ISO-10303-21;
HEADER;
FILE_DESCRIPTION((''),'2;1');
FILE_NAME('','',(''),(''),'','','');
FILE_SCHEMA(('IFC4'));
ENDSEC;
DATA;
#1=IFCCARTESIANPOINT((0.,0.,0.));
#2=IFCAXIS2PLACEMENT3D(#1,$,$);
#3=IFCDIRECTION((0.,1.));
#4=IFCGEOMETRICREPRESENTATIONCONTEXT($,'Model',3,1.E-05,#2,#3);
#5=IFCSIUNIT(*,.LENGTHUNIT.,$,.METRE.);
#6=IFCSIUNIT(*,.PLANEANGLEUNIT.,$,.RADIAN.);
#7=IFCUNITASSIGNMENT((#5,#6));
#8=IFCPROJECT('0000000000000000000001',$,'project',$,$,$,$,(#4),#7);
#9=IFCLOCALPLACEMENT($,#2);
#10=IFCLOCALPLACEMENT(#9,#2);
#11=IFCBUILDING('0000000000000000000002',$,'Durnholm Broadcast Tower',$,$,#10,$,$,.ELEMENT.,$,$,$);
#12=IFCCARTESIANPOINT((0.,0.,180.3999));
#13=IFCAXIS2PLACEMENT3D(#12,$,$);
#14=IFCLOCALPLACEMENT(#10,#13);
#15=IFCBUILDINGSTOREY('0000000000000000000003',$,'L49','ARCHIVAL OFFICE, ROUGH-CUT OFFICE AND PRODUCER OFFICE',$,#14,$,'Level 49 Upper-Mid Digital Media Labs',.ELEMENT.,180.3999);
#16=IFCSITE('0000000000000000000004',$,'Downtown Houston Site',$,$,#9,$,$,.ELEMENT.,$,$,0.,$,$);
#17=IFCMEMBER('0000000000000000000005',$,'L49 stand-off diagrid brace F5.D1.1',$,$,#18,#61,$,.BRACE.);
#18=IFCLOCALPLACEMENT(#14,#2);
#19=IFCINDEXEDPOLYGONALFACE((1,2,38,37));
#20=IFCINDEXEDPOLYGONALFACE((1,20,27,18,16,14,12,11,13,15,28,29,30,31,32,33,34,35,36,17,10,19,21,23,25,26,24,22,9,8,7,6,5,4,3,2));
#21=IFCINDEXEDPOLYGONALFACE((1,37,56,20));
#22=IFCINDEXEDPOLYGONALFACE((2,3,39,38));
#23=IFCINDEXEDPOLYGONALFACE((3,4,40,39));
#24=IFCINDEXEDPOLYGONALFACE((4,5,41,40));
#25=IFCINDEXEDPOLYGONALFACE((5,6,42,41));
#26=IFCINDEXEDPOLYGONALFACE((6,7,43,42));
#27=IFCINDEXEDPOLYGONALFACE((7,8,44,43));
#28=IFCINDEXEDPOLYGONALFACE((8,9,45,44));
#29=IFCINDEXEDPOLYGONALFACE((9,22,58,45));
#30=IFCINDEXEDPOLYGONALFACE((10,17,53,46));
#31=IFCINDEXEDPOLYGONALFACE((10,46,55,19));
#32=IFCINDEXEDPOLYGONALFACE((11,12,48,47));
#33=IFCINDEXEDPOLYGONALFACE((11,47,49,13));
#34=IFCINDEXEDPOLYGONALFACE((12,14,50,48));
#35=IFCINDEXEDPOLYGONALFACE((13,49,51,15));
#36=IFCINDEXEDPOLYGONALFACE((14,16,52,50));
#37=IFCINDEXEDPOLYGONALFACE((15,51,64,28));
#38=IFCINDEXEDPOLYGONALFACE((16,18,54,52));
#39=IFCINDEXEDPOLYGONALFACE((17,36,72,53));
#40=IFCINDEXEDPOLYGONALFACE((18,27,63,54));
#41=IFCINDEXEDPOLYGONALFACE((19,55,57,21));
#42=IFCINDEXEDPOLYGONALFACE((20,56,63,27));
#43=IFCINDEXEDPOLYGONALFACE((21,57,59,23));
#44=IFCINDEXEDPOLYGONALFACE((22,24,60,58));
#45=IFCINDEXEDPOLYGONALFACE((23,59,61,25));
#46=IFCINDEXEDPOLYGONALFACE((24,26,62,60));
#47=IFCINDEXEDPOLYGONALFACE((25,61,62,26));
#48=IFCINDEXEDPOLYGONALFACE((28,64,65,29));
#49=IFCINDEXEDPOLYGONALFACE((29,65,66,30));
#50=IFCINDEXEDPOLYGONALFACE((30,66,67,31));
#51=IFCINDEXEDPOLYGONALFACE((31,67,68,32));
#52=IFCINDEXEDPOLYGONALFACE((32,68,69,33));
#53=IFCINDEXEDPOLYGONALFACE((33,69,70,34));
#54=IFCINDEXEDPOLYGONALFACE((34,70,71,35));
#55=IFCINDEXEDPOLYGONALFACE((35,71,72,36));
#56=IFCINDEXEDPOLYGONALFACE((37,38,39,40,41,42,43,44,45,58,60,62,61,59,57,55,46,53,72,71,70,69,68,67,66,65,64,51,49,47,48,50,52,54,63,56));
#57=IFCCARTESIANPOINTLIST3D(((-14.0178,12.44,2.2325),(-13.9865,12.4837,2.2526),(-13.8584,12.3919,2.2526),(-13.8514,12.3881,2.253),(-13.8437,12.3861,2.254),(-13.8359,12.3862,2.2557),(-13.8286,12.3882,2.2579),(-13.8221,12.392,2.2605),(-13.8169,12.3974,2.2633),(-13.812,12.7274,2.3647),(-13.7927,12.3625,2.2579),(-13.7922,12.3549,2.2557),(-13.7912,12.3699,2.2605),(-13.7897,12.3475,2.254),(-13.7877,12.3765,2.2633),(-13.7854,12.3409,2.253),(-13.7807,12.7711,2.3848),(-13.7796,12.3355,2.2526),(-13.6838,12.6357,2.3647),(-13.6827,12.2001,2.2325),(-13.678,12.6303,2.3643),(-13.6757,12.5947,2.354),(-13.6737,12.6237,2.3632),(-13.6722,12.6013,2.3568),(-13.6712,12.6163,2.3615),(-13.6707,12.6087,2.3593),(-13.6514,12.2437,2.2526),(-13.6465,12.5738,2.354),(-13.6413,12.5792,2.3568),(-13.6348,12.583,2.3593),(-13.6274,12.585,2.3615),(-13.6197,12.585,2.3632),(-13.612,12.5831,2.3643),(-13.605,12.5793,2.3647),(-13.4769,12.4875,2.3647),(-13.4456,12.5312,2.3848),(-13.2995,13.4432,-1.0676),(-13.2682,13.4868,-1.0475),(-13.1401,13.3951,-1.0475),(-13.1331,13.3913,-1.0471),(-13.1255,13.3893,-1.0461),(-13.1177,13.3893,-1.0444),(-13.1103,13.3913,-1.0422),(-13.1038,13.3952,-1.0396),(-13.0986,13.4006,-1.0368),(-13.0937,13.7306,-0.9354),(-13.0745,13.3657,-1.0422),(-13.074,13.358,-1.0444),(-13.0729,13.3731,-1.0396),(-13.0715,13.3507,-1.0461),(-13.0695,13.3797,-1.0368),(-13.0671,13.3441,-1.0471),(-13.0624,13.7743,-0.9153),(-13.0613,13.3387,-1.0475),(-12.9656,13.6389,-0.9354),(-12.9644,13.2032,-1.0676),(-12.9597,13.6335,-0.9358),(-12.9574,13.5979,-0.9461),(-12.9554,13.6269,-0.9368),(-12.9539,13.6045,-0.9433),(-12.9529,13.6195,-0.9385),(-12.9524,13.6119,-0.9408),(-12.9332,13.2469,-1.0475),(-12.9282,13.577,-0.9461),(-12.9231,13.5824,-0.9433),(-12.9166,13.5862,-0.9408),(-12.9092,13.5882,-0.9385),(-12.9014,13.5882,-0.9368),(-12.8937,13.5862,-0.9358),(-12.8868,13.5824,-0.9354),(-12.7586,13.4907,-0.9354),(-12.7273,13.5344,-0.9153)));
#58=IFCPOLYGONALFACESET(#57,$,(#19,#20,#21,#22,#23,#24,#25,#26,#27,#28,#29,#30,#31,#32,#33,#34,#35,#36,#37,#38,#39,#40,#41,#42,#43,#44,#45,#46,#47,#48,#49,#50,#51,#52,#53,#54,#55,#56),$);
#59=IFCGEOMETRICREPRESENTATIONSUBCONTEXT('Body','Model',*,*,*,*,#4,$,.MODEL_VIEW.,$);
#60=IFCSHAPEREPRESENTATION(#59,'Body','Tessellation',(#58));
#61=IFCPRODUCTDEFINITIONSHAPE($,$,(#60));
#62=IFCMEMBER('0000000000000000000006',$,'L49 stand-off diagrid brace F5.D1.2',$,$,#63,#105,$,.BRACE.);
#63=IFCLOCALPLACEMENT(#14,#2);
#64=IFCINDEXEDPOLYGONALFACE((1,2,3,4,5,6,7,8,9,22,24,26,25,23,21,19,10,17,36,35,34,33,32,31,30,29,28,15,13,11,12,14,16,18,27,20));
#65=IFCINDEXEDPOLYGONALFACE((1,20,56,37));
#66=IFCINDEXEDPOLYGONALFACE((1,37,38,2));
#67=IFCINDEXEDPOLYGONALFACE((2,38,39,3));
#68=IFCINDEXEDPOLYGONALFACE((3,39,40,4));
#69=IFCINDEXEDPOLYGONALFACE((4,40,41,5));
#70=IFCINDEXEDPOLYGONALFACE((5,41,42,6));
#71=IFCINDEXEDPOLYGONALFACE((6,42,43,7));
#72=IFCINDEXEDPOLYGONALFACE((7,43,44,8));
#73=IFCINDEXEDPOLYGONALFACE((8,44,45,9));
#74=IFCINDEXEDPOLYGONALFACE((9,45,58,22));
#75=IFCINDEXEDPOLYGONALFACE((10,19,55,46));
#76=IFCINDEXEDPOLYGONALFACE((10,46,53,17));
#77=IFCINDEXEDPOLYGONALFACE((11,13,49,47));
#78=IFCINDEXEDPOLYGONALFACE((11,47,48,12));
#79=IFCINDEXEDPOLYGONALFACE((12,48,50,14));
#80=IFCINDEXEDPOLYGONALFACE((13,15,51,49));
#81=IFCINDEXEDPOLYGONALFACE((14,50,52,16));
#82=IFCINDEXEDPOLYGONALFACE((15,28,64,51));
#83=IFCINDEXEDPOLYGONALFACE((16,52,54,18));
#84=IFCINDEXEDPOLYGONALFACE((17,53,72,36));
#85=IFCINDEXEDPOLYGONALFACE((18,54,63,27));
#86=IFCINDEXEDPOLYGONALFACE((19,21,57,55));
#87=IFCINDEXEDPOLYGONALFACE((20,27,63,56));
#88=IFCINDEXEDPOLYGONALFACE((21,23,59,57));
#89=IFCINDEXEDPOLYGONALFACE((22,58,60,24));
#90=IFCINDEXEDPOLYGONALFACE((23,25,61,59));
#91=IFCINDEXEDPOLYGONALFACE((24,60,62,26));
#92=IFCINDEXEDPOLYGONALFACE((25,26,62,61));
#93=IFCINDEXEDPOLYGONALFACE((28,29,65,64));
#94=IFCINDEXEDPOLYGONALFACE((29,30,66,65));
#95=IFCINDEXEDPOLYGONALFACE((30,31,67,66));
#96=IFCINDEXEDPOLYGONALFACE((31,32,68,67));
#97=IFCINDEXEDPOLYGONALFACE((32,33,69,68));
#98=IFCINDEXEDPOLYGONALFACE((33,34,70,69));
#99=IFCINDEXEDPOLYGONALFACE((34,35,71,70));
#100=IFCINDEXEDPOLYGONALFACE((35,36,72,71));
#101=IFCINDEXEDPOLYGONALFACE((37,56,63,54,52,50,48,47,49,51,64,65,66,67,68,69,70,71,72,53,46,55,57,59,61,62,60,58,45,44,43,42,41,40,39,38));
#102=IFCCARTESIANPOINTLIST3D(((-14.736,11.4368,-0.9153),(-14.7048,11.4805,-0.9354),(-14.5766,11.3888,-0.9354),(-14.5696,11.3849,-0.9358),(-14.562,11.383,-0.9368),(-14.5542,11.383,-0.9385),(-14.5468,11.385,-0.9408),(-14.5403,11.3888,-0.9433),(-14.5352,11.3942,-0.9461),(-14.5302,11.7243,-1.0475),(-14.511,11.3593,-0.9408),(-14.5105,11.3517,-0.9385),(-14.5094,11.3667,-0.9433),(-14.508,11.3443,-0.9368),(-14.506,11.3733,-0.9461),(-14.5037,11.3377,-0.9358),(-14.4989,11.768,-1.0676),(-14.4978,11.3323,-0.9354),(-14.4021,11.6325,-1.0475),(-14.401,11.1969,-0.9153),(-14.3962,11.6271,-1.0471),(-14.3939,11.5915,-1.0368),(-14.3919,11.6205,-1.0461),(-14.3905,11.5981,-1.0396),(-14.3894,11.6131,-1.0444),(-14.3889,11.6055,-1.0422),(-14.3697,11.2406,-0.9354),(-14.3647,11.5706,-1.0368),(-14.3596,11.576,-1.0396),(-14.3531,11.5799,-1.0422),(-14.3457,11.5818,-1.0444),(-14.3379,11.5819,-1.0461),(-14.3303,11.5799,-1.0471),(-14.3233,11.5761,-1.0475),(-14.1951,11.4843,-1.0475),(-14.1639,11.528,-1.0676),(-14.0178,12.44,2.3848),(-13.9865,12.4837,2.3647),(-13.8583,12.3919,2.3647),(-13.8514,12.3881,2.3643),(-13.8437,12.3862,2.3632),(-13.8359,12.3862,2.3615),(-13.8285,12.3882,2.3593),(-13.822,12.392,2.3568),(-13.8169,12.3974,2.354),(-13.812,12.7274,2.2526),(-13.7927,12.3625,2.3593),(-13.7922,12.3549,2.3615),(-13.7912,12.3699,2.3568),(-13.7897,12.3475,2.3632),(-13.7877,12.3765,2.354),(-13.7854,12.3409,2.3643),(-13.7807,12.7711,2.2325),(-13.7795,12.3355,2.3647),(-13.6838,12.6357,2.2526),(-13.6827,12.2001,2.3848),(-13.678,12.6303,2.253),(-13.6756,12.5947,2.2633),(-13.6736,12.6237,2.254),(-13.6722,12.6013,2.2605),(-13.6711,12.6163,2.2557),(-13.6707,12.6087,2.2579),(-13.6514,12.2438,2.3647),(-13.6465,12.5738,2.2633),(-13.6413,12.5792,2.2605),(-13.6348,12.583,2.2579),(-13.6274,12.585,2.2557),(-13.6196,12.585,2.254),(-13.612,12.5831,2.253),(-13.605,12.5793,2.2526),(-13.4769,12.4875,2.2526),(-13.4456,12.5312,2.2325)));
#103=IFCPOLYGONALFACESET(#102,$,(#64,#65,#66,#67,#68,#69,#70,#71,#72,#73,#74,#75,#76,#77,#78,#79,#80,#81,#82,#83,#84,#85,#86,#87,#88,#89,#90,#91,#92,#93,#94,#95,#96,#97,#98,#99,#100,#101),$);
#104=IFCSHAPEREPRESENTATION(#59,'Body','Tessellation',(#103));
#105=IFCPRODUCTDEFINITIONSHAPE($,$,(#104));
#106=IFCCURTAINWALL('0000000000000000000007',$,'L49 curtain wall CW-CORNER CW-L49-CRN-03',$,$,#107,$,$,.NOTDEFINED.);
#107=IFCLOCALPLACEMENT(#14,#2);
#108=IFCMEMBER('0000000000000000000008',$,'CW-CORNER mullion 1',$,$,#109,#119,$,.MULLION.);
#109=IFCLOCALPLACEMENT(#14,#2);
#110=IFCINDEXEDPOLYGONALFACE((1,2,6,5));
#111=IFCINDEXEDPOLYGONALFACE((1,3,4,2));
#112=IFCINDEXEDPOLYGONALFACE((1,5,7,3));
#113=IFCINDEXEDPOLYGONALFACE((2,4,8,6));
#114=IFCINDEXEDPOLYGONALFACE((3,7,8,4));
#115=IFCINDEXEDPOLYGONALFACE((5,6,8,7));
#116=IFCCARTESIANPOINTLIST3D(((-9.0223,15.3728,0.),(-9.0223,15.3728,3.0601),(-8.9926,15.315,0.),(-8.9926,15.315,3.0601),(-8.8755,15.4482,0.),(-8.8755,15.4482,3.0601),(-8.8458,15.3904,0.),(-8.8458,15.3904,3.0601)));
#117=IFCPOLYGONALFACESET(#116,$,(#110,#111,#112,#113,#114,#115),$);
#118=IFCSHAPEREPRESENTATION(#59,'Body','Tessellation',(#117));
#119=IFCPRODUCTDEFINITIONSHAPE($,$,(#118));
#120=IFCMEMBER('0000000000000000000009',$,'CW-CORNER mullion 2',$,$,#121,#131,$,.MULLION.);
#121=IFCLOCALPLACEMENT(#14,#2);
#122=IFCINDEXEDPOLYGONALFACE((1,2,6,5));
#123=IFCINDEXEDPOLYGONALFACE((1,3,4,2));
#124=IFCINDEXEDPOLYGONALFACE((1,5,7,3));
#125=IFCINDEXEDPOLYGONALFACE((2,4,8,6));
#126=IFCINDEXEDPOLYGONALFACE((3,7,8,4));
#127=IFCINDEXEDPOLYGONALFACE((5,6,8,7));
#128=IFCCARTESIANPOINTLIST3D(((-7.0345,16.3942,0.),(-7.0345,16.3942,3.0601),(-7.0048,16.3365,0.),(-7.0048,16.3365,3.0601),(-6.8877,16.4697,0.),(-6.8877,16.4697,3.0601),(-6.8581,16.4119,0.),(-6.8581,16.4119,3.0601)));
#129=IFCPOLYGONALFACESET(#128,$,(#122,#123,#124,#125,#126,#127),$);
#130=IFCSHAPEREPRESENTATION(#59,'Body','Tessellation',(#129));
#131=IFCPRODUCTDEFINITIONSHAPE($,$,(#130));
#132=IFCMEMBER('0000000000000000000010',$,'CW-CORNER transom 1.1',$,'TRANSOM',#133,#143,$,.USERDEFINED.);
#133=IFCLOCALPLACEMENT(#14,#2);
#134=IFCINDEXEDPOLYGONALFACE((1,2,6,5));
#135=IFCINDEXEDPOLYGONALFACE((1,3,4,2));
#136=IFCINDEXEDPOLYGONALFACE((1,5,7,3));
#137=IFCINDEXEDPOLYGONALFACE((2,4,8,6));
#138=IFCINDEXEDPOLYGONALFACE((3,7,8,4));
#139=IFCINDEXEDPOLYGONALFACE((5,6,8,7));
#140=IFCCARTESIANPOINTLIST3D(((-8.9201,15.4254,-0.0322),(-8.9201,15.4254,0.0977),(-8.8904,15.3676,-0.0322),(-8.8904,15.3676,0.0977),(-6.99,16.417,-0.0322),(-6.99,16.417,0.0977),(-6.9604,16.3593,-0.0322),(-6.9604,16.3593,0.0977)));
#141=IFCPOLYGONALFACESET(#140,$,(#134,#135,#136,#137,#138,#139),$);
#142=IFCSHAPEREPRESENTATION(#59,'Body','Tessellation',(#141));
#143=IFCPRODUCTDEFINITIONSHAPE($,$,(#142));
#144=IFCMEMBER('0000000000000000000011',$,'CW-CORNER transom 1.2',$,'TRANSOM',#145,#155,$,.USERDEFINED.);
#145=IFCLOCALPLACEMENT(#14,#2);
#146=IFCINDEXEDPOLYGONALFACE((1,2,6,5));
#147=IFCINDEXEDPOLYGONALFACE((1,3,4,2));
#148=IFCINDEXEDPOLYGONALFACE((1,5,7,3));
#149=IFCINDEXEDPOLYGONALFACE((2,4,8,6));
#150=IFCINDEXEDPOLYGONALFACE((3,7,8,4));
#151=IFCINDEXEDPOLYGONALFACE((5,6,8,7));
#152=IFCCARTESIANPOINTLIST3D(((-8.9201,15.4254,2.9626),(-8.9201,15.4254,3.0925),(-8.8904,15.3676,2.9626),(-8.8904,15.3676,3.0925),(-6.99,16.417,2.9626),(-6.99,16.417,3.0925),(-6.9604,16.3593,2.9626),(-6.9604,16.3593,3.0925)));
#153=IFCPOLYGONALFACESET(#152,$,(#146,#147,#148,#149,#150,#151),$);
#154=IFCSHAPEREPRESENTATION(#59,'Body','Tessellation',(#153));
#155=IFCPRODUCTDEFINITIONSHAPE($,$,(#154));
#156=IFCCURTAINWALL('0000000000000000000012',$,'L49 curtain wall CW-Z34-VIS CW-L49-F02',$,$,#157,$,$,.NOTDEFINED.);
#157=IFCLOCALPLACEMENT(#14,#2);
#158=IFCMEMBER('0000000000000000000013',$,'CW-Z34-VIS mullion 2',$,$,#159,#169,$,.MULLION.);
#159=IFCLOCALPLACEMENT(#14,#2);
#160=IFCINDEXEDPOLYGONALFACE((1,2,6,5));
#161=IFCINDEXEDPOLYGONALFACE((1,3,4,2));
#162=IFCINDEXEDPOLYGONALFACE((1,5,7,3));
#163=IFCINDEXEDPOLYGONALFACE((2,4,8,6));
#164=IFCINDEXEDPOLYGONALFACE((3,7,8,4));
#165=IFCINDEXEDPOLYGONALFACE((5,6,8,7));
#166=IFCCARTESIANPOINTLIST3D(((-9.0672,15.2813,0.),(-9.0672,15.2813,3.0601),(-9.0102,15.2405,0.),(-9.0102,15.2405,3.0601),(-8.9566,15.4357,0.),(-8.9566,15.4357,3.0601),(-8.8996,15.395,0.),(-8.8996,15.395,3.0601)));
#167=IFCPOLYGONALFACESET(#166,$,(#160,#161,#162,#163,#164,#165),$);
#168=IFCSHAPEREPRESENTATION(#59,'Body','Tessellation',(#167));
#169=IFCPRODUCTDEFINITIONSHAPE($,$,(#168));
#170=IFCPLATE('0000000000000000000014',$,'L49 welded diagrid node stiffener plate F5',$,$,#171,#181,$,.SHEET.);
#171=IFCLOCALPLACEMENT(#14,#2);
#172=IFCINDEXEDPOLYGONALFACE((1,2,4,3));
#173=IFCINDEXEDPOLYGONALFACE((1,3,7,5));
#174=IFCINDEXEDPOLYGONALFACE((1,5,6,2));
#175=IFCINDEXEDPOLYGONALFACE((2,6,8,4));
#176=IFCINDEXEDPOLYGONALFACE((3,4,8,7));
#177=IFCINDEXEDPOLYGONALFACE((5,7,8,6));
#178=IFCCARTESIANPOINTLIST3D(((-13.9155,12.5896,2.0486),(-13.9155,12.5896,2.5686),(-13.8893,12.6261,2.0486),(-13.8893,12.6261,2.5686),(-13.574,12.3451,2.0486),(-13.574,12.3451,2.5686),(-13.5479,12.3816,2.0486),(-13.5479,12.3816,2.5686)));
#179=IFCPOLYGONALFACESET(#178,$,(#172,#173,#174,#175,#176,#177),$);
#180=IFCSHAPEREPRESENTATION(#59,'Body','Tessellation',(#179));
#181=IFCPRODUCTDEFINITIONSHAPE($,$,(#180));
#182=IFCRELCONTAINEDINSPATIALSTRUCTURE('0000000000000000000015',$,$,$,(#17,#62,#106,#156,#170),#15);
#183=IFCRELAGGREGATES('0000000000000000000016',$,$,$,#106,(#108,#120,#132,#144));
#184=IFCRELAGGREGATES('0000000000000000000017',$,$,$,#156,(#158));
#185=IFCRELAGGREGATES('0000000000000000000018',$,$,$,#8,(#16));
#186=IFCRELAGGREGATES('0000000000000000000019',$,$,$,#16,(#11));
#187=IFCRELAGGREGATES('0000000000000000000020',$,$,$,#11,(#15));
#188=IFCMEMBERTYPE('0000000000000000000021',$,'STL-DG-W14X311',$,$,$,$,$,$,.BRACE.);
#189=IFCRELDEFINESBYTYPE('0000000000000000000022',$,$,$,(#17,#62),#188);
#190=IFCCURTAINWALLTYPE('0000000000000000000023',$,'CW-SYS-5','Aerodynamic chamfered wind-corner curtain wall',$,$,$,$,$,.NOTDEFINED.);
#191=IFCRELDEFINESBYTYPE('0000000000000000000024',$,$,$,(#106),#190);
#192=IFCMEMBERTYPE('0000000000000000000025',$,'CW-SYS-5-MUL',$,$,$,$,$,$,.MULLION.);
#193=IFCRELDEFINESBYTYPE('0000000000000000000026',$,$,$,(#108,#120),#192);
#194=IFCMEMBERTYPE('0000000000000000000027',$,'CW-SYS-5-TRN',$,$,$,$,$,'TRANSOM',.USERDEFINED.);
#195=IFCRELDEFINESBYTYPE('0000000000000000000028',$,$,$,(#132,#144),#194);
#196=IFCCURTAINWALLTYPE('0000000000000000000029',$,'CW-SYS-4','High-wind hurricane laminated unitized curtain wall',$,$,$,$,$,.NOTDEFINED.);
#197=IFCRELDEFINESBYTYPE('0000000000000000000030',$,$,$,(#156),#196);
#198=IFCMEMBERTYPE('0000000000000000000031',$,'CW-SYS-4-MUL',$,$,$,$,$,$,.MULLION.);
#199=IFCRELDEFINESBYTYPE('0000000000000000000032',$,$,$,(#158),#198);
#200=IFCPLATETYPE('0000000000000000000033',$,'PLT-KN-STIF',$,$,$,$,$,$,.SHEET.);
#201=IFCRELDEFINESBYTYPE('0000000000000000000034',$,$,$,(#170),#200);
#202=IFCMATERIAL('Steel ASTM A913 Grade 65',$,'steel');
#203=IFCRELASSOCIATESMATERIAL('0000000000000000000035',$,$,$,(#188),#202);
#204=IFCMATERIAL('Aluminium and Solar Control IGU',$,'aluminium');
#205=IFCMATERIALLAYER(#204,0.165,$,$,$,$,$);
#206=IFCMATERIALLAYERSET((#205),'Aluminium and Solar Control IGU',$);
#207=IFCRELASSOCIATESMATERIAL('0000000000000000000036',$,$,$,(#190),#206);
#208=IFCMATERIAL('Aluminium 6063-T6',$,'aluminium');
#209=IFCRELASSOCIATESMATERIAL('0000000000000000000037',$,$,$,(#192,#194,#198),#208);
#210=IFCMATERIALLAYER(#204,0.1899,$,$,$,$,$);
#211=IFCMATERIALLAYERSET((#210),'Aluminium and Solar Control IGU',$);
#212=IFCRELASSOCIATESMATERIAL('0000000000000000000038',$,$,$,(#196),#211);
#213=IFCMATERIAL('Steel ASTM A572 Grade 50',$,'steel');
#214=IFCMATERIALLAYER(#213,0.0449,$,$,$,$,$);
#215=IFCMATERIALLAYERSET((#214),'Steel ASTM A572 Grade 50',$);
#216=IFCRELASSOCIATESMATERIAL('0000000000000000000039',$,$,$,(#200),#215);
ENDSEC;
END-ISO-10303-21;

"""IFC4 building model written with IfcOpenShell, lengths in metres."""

from ifc_helpers import new_model, si_unit, direction, frame, origin, origin_2d, place, context, subcontext, project, spatial, rectangle, i_section, extrude, source, transform, mapped, material, layer, layer_set, material_profile, profile_set, type_object, type_shapes, element, aggregate, save


model = new_model("IFC4")

# Units and contexts
model_context = context("Model", 3, precision=1e-05, world=origin(), true_north=direction((0.0, 1.0)))
body_context = subcontext(model_context, "Body", "Model", "MODEL_VIEW")
ifc_project = project(units=[si_unit("LENGTHUNIT", "METRE"), si_unit("PLANEANGLEUNIT", "RADIAN")], contexts=[model_context])

# Site, building, storey
site_placement = place(None, origin())
site = spatial("IfcSite", under=ifc_project, at=site_placement, Name="Downtown Houston Site", CompositionType="ELEMENT", RefElevation=0.0)
building_placement = place(site_placement, origin())
building = spatial("IfcBuilding", under=site, at=building_placement, Name="Durnholm Broadcast Tower", CompositionType="ELEMENT")
storey_placement = place(building_placement, frame((0.0, 0.0, 180.3999)))
storey = spatial("IfcBuildingStorey", under=building, at=storey_placement, Name="L49", Description="ARCHIVAL OFFICE, ROUGH-CUT OFFICE AND PRODUCER OFFICE", LongName="Level 49 Upper-Mid Digital Media Labs", CompositionType="ELEMENT", Elevation=180.3999)

# Members
ifc_material_1 = material(Name="Steel ASTM A913 Grade 65", Category="steel")
ifc_material_profile_1 = material_profile(ifc_material_1, i_section(OverallWidth=0.4121, OverallDepth=0.4348, WebThickness=0.0359, FlangeThickness=0.0574, FilletRadius=0.0305, at=origin_2d()), Name="W14X311")
ifc_profile_set_1 = profile_set([ifc_material_profile_1], Name="Steel ASTM A913 Grade 65")
member_type_1 = type_object("IfcMemberType", Name="STL-DG-W14X311", PredefinedType="BRACE", material=ifc_profile_set_1)
shared_shape_1 = source(origin(), body_context, "Body", "SweptSolid", [
    extrude(i_section(OverallWidth=0.4121, OverallDepth=0.4348, WebThickness=0.0359, FlangeThickness=0.0574, FilletRadius=0.0305, at=origin_2d()), origin(), (0.0, 0.0, 1.0), 3.5232),
])
type_shapes(member_type_1, [shared_shape_1])
for number, where, z_axis, x_axis, name in (
    (1, (-13.0134, 13.4888, -0.9915), (-0.203869, -0.284738, 0.936676), (0.813078, -0.582155, 0.0), "L49 stand-off diagrid brace F5.D1.1"),
    (2, (-14.45, 11.4824, -0.9915), (0.203869, 0.284738, 0.936676), (-0.813078, 0.582155, 0.0), "L49 stand-off diagrid brace F5.D1.2"),
):
    element("IfcMember", number, at=place(storey_placement, frame(where, z_axis=z_axis, x_axis=x_axis)), inside=storey, type_object=member_type_1, Name=name, PredefinedType="BRACE", context=body_context, shape_type="MappedRepresentation", body=[
        mapped(shared_shape_1, transform((0.0, 0.0, 0.0), x_axis=(1.0, 0.0, 0.0), y_axis=(0.0, 1.0, 0.0), z_axis=(0.0, 0.0, 1.0), scale=1.0)),
    ])

# Curtain wall, members
ifc_material_2 = material(Name="Aluminium and Solar Control IGU", Category="aluminium")
ifc_layer_1 = layer(ifc_material_2, 0.165)
ifc_layer_set_1 = layer_set([ifc_layer_1], Name="Aluminium and Solar Control IGU")
curtain_wall_type_1 = type_object("IfcCurtainWallType", Name="CW-SYS-5", Description="Aerodynamic chamfered wind-corner curtain wall", PredefinedType="NOTDEFINED", material=ifc_layer_set_1)
curtain_wall_1_placement = place(storey_placement, origin())
curtain_wall_1 = element("IfcCurtainWall", 3, at=curtain_wall_1_placement, inside=storey, type_object=curtain_wall_type_1, Name="L49 curtain wall CW-CORNER CW-L49-CRN-03", PredefinedType="NOTDEFINED")
ifc_material_3 = material(Name="Aluminium 6063-T6", Category="aluminium")
ifc_material_profile_2 = material_profile(ifc_material_3, rectangle(XDim=0.0649, YDim=0.165, at=origin_2d()), Name="CWM65X165")
ifc_profile_set_2 = profile_set([ifc_material_profile_2], Name="Aluminium 6063-T6")
member_type_2 = type_object("IfcMemberType", Name="CW-SYS-5-MUL", PredefinedType="MULLION", material=ifc_profile_set_2)
shared_shape_2 = source(origin(), body_context, "Body", "SweptSolid", [
    extrude(rectangle(XDim=0.0649, YDim=0.165, at=origin_2d()), origin(), (0.0, 0.0, 1.0), 3.0601),
])
type_shapes(member_type_2, [shared_shape_2])
member_1_placement = place(storey_placement, frame((-8.9341, 15.3816, 0.0), z_axis=(0.0, 0.0, 1.0), x_axis=(-0.457082, 0.889425, 0.0)))
member_1 = element("IfcMember", 4, at=member_1_placement, type_object=member_type_2, Name="CW-CORNER mullion 1", PredefinedType="MULLION", context=body_context, shape_type="MappedRepresentation", body=[
    mapped(shared_shape_2, transform((0.0, 0.0, 0.0), x_axis=(1.0, 0.0, 0.0), y_axis=(0.0, 1.0, 0.0), z_axis=(0.0, 0.0, 1.0), scale=1.0)),
])
member_2_placement = place(storey_placement, frame((-6.9463, 16.4031, 0.0), z_axis=(0.0, 0.0, 1.0), x_axis=(-0.457082, 0.889425, 0.0)))
member_2 = element("IfcMember", 5, at=member_2_placement, type_object=member_type_2, Name="CW-CORNER mullion 2", PredefinedType="MULLION", context=body_context, shape_type="MappedRepresentation", body=[
    mapped(shared_shape_2, transform((0.0, 0.0, 0.0), x_axis=(1.0, 0.0, 0.0), y_axis=(0.0, 1.0, 0.0), z_axis=(0.0, 0.0, 1.0), scale=1.0)),
])
ifc_material_profile_3 = material_profile(ifc_material_3, rectangle(XDim=0.0649, YDim=0.1299, at=origin_2d()), Name="CWT65X130")
ifc_profile_set_3 = profile_set([ifc_material_profile_3], Name="Aluminium 6063-T6")
member_type_3 = type_object("IfcMemberType", Name="CW-SYS-5-TRN", ElementType="TRANSOM", PredefinedType="USERDEFINED", material=ifc_profile_set_3)
shared_shape_3 = source(origin(), body_context, "Body", "SweptSolid", [
    extrude(rectangle(XDim=0.0649, YDim=0.1299, at=origin_2d()), origin(), (0.0, 0.0, 1.0), 2.1699),
])
type_shapes(member_type_3, [shared_shape_3])
member_3_placement = place(storey_placement, frame((-8.9053, 15.3965, 0.0327), z_axis=(0.889468, 0.456997, 0.0), x_axis=(-0.456997, 0.889468, 0.0)))
member_3 = element("IfcMember", 6, at=member_3_placement, type_object=member_type_3, Name="CW-CORNER transom 1.1", ObjectType="TRANSOM", PredefinedType="USERDEFINED", context=body_context, shape_type="MappedRepresentation", body=[
    mapped(shared_shape_3, transform((0.0, 0.0, 0.0), x_axis=(1.0, 0.0, 0.0), y_axis=(0.0, 1.0, 0.0), z_axis=(0.0, 0.0, 1.0), scale=1.0)),
])
member_4_placement = place(storey_placement, frame((-8.9053, 15.3965, 3.0276), z_axis=(0.889468, 0.456997, 0.0), x_axis=(-0.456997, 0.889468, 0.0)))
member_4 = element("IfcMember", 7, at=member_4_placement, type_object=member_type_3, Name="CW-CORNER transom 1.2", ObjectType="TRANSOM", PredefinedType="USERDEFINED", context=body_context, shape_type="MappedRepresentation", body=[
    mapped(shared_shape_3, transform((0.0, 0.0, 0.0), x_axis=(1.0, 0.0, 0.0), y_axis=(0.0, 1.0, 0.0), z_axis=(0.0, 0.0, 1.0), scale=1.0)),
])

# Curtain wall, member
ifc_layer_2 = layer(ifc_material_2, 0.1899)
ifc_layer_set_2 = layer_set([ifc_layer_2], Name="Aluminium and Solar Control IGU")
curtain_wall_type_2 = type_object("IfcCurtainWallType", Name="CW-SYS-4", Description="High-wind hurricane laminated unitized curtain wall", PredefinedType="NOTDEFINED", material=ifc_layer_set_2)
curtain_wall_2_placement = place(storey_placement, origin())
curtain_wall_2 = element("IfcCurtainWall", 8, at=curtain_wall_2_placement, inside=storey, type_object=curtain_wall_type_2, Name="L49 curtain wall CW-Z34-VIS CW-L49-F02", PredefinedType="NOTDEFINED")
ifc_material_profile_4 = material_profile(ifc_material_3, rectangle(XDim=0.0701, YDim=0.1899, at=origin_2d()), Name="CWM70X190")
ifc_profile_set_4 = profile_set([ifc_material_profile_4], Name="Aluminium 6063-T6")
member_type_4 = type_object("IfcMemberType", Name="CW-SYS-4-MUL", PredefinedType="MULLION", material=ifc_profile_set_4)
shared_shape_4 = source(origin(), body_context, "Body", "SweptSolid", [
    extrude(rectangle(XDim=0.0701, YDim=0.1899, at=origin_2d()), origin(), (0.0, 0.0, 1.0), 3.0601),
])
type_shapes(member_type_4, [shared_shape_4])
member_5_placement = place(storey_placement, frame((-8.9834, 15.3381, 0.0), z_axis=(0.0, 0.0, 1.0), x_axis=(-0.813089, 0.582139, 0.0)))
member_5 = element("IfcMember", 9, at=member_5_placement, type_object=member_type_4, Name="CW-Z34-VIS mullion 2", PredefinedType="MULLION", context=body_context, shape_type="MappedRepresentation", body=[
    mapped(shared_shape_4, transform((0.0, 0.0, 0.0), x_axis=(1.0, 0.0, 0.0), y_axis=(0.0, 1.0, 0.0), z_axis=(0.0, 0.0, 1.0), scale=1.0)),
])

# Plate
ifc_material_4 = material(Name="Steel ASTM A572 Grade 50", Category="steel")
ifc_layer_3 = layer(ifc_material_4, 0.0449)
ifc_layer_set_3 = layer_set([ifc_layer_3], Name="Steel ASTM A572 Grade 50")
plate_type_1 = type_object("IfcPlateType", Name="PLT-KN-STIF", PredefinedType="SHEET", material=ifc_layer_set_3)
shared_shape_5 = source(origin(), body_context, "Body", "SweptSolid", [
    extrude(rectangle(XDim=0.0449, YDim=0.4199, at=origin_2d()), origin(), (0.0, 0.0, 1.0), 0.52),
])
type_shapes(plate_type_1, [shared_shape_5])
plate_1_placement = place(storey_placement, frame((-13.7317, 12.4856, 2.0486), z_axis=(0.0, 0.0, 1.0), x_axis=(-0.582123, -0.813101, 0.0)))
element("IfcPlate", 10, at=plate_1_placement, inside=storey, type_object=plate_type_1, Name="L49 welded diagrid node stiffener plate F5", PredefinedType="SHEET", context=body_context, shape_type="MappedRepresentation", body=[
    mapped(shared_shape_5, transform((0.0, 0.0, 0.0), x_axis=(1.0, 0.0, 0.0), y_axis=(0.0, 1.0, 0.0), z_axis=(0.0, 0.0, 1.0), scale=1.0)),
])

aggregate(curtain_wall_1, [member_1, member_2, member_3, member_4])
aggregate(curtain_wall_2, [member_5])

save(model, "model.ifc")
